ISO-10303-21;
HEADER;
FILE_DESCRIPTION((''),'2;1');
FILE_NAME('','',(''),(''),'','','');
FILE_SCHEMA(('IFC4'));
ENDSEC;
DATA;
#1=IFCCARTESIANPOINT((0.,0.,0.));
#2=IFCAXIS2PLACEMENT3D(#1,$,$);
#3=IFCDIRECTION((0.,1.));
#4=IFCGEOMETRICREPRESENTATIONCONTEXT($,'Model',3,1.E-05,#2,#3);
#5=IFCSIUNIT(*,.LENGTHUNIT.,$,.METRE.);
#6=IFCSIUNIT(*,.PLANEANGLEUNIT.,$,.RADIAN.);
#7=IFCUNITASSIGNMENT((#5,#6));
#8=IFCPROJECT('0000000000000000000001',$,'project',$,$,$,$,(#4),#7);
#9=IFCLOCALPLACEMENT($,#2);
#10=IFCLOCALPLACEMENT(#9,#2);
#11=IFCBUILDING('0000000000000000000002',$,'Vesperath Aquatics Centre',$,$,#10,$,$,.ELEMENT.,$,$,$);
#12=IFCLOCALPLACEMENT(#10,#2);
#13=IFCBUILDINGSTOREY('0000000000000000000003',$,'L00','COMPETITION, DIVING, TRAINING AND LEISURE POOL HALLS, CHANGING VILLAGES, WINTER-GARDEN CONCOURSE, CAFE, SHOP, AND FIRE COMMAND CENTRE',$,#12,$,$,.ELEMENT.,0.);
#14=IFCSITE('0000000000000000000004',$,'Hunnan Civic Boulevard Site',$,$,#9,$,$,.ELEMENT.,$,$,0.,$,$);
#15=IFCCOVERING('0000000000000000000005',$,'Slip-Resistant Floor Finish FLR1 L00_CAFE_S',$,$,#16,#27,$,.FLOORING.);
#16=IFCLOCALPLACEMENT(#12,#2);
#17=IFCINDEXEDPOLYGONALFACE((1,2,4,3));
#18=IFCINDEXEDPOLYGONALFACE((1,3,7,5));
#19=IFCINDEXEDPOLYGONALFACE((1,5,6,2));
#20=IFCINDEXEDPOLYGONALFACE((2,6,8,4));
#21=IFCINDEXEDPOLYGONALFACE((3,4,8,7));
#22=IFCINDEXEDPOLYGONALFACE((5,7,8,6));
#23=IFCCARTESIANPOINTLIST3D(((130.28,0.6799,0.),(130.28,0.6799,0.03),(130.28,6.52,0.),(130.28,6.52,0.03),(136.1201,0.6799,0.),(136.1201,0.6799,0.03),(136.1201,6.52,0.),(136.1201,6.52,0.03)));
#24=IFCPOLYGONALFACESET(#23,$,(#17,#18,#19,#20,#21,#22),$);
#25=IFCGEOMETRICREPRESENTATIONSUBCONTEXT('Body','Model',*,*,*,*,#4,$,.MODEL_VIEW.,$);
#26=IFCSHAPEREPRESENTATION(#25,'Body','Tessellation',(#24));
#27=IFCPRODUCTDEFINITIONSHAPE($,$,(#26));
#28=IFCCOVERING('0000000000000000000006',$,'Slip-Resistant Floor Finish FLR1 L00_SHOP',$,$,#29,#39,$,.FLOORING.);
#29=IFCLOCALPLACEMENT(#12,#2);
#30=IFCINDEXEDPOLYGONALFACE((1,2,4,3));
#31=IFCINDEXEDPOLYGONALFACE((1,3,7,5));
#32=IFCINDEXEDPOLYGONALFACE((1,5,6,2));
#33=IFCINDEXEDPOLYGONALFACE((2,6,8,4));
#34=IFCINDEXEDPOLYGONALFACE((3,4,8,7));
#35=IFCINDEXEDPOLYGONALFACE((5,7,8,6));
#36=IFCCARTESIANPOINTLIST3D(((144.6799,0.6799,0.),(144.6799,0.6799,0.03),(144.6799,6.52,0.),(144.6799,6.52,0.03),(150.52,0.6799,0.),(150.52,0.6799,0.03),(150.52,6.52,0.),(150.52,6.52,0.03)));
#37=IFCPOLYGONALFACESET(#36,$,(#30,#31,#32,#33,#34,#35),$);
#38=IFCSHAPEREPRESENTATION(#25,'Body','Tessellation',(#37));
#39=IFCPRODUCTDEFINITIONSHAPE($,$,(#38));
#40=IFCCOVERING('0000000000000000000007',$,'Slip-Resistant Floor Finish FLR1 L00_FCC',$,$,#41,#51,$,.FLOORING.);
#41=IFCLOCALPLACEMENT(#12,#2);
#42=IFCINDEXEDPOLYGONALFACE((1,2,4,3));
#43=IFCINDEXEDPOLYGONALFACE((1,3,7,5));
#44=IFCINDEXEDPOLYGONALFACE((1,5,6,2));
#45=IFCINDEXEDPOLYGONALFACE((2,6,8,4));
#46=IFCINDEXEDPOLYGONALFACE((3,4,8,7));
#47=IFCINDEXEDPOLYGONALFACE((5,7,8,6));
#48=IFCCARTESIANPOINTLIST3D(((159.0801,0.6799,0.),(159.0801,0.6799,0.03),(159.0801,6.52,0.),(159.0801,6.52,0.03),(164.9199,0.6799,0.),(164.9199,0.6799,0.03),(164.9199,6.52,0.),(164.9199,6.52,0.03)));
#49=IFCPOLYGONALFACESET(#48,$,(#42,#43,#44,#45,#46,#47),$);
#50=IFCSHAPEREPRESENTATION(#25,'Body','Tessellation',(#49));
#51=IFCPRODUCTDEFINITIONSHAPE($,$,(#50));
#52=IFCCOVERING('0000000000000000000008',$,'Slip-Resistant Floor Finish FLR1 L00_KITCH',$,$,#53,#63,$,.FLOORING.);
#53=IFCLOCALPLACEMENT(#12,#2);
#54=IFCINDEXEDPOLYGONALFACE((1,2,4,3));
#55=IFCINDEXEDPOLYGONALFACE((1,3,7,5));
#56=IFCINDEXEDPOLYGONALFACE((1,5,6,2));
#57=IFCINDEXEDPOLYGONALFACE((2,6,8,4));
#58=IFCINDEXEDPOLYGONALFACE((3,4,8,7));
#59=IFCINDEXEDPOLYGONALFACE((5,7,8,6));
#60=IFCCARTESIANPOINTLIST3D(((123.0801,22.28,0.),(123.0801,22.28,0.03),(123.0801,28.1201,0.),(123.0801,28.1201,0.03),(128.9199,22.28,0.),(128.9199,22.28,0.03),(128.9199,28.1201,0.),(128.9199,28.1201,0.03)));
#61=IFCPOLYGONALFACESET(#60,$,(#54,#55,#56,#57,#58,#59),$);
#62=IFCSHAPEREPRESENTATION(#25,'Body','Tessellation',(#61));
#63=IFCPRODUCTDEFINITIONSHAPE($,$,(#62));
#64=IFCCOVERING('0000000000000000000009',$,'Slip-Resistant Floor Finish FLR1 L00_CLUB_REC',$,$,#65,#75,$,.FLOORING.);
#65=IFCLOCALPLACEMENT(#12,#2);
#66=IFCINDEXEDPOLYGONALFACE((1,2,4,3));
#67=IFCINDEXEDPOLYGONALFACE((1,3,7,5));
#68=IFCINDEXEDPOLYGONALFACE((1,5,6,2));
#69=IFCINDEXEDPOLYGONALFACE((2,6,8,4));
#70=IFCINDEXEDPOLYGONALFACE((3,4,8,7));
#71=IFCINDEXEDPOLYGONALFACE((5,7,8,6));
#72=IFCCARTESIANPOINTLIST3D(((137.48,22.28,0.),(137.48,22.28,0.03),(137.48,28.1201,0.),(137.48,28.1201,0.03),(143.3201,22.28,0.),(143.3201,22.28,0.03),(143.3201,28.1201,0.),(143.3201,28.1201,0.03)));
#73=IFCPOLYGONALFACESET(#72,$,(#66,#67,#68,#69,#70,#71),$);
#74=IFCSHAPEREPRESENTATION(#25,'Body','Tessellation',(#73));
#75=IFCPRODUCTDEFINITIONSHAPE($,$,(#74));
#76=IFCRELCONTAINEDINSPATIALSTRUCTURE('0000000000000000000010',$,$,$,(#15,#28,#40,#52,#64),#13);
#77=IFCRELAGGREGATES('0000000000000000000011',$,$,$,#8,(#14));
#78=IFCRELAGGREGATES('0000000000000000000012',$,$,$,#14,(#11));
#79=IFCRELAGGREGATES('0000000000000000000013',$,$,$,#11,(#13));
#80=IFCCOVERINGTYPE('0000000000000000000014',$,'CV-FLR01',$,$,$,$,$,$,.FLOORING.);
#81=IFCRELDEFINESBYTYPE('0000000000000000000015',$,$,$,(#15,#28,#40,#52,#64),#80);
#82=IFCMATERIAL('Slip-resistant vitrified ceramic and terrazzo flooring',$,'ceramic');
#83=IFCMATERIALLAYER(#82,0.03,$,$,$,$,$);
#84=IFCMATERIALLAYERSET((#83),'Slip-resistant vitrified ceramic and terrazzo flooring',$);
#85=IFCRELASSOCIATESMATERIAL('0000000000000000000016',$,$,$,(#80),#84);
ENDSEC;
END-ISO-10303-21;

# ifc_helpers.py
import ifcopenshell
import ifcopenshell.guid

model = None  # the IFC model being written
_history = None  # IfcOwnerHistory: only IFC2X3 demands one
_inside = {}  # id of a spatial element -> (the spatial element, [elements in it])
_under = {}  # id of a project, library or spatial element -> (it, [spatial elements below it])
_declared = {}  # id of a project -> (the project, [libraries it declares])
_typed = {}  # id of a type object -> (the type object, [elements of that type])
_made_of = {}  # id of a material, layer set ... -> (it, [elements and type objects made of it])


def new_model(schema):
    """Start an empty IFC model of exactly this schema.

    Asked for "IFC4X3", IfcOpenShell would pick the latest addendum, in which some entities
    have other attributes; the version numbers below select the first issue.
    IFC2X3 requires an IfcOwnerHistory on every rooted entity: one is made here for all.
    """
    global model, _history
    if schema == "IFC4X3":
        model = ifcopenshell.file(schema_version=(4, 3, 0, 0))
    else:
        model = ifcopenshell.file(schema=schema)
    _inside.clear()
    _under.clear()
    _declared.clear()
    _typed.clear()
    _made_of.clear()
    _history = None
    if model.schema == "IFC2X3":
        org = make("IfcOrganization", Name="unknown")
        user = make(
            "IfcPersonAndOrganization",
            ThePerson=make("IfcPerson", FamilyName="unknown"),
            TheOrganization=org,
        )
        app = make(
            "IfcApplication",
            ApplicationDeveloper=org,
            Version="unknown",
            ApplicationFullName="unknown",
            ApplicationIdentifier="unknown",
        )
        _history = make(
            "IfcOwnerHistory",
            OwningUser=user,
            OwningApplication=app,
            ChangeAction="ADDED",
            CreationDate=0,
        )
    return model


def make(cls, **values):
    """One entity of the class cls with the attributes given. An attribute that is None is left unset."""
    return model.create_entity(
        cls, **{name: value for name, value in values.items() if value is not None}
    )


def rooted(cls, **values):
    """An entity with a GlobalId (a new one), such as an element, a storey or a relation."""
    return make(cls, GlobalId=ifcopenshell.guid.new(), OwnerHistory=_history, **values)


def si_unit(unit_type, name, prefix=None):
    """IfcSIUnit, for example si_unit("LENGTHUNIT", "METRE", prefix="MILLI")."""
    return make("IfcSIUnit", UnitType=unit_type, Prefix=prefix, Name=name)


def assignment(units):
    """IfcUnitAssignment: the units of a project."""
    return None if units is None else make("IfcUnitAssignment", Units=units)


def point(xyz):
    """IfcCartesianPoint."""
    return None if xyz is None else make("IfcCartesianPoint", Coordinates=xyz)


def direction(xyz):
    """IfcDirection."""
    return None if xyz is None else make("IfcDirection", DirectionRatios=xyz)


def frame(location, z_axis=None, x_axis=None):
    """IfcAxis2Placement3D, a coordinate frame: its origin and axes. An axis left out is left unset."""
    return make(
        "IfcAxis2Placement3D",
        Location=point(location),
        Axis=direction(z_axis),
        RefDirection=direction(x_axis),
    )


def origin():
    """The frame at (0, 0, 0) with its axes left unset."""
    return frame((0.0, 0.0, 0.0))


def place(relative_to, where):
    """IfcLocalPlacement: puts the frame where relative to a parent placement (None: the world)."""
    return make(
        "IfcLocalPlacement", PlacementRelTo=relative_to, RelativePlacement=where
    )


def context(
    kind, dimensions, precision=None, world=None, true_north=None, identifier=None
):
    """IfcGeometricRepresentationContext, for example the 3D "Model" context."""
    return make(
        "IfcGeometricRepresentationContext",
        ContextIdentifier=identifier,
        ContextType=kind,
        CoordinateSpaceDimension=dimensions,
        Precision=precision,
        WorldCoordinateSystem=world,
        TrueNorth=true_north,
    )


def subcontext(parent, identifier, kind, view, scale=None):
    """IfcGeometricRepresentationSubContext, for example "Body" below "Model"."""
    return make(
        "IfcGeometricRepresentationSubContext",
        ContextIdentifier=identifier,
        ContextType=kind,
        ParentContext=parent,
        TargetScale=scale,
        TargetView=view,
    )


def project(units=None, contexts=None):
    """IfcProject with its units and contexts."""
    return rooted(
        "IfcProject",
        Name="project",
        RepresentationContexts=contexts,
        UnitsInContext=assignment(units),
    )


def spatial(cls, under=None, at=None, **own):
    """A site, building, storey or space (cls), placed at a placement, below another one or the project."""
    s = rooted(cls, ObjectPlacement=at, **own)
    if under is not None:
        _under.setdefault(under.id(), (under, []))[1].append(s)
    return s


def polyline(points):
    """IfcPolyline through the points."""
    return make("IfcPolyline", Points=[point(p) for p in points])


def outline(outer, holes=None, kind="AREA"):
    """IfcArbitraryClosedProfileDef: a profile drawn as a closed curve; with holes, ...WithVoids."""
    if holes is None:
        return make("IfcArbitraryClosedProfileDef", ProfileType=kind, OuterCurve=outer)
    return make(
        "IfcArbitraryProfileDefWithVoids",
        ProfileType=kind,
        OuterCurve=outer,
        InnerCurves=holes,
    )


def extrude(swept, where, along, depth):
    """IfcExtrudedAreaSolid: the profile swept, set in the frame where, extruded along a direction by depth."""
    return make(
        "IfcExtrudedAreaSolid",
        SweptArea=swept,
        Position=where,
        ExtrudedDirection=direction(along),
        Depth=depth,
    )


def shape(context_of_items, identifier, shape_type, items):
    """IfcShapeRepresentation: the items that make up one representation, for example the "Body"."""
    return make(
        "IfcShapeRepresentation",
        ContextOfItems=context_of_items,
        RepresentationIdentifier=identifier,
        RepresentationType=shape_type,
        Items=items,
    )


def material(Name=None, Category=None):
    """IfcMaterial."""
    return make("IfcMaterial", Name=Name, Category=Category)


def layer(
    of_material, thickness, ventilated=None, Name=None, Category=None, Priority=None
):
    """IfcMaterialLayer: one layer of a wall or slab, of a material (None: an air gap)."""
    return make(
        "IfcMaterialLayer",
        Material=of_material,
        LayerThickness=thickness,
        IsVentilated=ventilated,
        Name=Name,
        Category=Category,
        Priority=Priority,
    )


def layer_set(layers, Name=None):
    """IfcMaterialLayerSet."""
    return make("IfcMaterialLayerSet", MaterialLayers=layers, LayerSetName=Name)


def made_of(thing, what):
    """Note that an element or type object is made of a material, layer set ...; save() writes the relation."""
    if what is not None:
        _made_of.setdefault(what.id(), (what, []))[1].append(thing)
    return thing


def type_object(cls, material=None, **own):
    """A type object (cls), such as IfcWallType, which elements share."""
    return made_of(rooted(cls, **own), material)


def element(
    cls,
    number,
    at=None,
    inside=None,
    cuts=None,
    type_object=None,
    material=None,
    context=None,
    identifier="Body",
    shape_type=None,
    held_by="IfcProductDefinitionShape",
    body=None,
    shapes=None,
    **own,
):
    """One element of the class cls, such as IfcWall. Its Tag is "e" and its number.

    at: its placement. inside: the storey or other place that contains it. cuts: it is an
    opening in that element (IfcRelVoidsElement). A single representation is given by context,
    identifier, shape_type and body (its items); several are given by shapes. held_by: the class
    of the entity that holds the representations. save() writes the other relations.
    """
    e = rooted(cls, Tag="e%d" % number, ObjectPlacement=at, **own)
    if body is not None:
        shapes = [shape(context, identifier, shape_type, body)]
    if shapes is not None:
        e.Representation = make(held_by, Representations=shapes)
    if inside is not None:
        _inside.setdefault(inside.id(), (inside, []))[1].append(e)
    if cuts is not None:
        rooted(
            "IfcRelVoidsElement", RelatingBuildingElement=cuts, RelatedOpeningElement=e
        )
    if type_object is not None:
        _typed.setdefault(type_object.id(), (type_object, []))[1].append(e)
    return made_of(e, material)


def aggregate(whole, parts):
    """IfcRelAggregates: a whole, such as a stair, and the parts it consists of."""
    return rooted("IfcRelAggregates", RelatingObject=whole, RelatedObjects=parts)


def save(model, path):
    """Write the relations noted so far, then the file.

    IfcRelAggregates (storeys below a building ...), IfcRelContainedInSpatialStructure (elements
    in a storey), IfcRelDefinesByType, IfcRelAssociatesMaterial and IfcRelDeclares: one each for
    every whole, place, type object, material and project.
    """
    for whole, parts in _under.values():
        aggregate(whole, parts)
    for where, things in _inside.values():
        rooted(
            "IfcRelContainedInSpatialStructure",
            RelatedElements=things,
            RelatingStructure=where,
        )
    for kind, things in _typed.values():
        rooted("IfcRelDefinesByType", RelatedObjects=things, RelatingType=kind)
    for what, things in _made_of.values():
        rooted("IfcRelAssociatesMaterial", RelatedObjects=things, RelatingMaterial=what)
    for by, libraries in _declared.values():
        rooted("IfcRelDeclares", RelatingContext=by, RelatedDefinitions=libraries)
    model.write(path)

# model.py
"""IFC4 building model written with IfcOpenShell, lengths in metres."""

from ifc_helpers import new_model, si_unit, direction, origin, place, context, subcontext, project, spatial, polyline, outline, extrude, material, layer, layer_set, type_object, element, save


model = new_model("IFC4")

# Units and contexts
model_context = context("Model", 3, precision=1e-05, world=origin(), true_north=direction((0.0, 1.0)))
body_context = subcontext(model_context, "Body", "Model", "MODEL_VIEW")
ifc_project = project(units=[si_unit("LENGTHUNIT", "METRE"), si_unit("PLANEANGLEUNIT", "RADIAN")], contexts=[model_context])

# Site, building, storey
site_placement = place(None, origin())
site = spatial("IfcSite", under=ifc_project, at=site_placement, Name="Hunnan Civic Boulevard Site", CompositionType="ELEMENT", RefElevation=0.0)
building_placement = place(site_placement, origin())
building = spatial("IfcBuilding", under=site, at=building_placement, Name="Vesperath Aquatics Centre", CompositionType="ELEMENT")
storey_placement = place(building_placement, origin())
storey = spatial("IfcBuildingStorey", under=building, at=storey_placement, Name="L00", Description="COMPETITION, DIVING, TRAINING AND LEISURE POOL HALLS, CHANGING VILLAGES, WINTER-GARDEN CONCOURSE, CAFE, SHOP, AND FIRE COMMAND CENTRE", CompositionType="ELEMENT", Elevation=0.0)

# Coverings
ifc_material_1 = material(Name="Slip-resistant vitrified ceramic and terrazzo flooring", Category="ceramic")
ifc_layer_1 = layer(ifc_material_1, 0.03)
ifc_layer_set_1 = layer_set([ifc_layer_1], Name="Slip-resistant vitrified ceramic and terrazzo flooring")
covering_type = type_object("IfcCoveringType", Name="CV-FLR01", PredefinedType="FLOORING", material=ifc_layer_set_1)
covering_1_placement = place(storey_placement, origin())
element("IfcCovering", 1, at=covering_1_placement, inside=storey, type_object=covering_type, Name="Slip-Resistant Floor Finish FLR1 L00_CAFE_S", PredefinedType="FLOORING", context=body_context, shape_type="SweptSolid", body=[
    extrude(outline(polyline([(130.28, 0.6799), (136.1201, 0.6799), (136.1201, 6.52), (130.28, 6.52), (130.28, 0.6799)])), origin(), (0.0, 0.0, 1.0), 0.03),
])
covering_2_placement = place(storey_placement, origin())
element("IfcCovering", 2, at=covering_2_placement, inside=storey, type_object=covering_type, Name="Slip-Resistant Floor Finish FLR1 L00_SHOP", PredefinedType="FLOORING", context=body_context, shape_type="SweptSolid", body=[
    extrude(outline(polyline([(144.6799, 0.6799), (150.52, 0.6799), (150.52, 6.52), (144.6799, 6.52), (144.6799, 0.6799)])), origin(), (0.0, 0.0, 1.0), 0.03),
])
covering_3_placement = place(storey_placement, origin())
element("IfcCovering", 3, at=covering_3_placement, inside=storey, type_object=covering_type, Name="Slip-Resistant Floor Finish FLR1 L00_FCC", PredefinedType="FLOORING", context=body_context, shape_type="SweptSolid", body=[
    extrude(outline(polyline([(159.0801, 0.6799), (164.9199, 0.6799), (164.9199, 6.52), (159.0801, 6.52), (159.0801, 0.6799)])), origin(), (0.0, 0.0, 1.0), 0.03),
])
covering_4_placement = place(storey_placement, origin())
element("IfcCovering", 4, at=covering_4_placement, inside=storey, type_object=covering_type, Name="Slip-Resistant Floor Finish FLR1 L00_KITCH", PredefinedType="FLOORING", context=body_context, shape_type="SweptSolid", body=[
    extrude(outline(polyline([(123.0801, 22.28), (128.9199, 22.28), (128.9199, 28.1201), (123.0801, 28.1201), (123.0801, 22.28)])), origin(), (0.0, 0.0, 1.0), 0.03),
])
covering_5_placement = place(storey_placement, origin())
element("IfcCovering", 5, at=covering_5_placement, inside=storey, type_object=covering_type, Name="Slip-Resistant Floor Finish FLR1 L00_CLUB_REC", PredefinedType="FLOORING", context=body_context, shape_type="SweptSolid", body=[
    extrude(outline(polyline([(137.48, 22.28), (143.3201, 22.28), (143.3201, 28.1201), (137.48, 28.1201), (137.48, 22.28)])), origin(), (0.0, 0.0, 1.0), 0.03),
])

save(model, "model.ifc")
